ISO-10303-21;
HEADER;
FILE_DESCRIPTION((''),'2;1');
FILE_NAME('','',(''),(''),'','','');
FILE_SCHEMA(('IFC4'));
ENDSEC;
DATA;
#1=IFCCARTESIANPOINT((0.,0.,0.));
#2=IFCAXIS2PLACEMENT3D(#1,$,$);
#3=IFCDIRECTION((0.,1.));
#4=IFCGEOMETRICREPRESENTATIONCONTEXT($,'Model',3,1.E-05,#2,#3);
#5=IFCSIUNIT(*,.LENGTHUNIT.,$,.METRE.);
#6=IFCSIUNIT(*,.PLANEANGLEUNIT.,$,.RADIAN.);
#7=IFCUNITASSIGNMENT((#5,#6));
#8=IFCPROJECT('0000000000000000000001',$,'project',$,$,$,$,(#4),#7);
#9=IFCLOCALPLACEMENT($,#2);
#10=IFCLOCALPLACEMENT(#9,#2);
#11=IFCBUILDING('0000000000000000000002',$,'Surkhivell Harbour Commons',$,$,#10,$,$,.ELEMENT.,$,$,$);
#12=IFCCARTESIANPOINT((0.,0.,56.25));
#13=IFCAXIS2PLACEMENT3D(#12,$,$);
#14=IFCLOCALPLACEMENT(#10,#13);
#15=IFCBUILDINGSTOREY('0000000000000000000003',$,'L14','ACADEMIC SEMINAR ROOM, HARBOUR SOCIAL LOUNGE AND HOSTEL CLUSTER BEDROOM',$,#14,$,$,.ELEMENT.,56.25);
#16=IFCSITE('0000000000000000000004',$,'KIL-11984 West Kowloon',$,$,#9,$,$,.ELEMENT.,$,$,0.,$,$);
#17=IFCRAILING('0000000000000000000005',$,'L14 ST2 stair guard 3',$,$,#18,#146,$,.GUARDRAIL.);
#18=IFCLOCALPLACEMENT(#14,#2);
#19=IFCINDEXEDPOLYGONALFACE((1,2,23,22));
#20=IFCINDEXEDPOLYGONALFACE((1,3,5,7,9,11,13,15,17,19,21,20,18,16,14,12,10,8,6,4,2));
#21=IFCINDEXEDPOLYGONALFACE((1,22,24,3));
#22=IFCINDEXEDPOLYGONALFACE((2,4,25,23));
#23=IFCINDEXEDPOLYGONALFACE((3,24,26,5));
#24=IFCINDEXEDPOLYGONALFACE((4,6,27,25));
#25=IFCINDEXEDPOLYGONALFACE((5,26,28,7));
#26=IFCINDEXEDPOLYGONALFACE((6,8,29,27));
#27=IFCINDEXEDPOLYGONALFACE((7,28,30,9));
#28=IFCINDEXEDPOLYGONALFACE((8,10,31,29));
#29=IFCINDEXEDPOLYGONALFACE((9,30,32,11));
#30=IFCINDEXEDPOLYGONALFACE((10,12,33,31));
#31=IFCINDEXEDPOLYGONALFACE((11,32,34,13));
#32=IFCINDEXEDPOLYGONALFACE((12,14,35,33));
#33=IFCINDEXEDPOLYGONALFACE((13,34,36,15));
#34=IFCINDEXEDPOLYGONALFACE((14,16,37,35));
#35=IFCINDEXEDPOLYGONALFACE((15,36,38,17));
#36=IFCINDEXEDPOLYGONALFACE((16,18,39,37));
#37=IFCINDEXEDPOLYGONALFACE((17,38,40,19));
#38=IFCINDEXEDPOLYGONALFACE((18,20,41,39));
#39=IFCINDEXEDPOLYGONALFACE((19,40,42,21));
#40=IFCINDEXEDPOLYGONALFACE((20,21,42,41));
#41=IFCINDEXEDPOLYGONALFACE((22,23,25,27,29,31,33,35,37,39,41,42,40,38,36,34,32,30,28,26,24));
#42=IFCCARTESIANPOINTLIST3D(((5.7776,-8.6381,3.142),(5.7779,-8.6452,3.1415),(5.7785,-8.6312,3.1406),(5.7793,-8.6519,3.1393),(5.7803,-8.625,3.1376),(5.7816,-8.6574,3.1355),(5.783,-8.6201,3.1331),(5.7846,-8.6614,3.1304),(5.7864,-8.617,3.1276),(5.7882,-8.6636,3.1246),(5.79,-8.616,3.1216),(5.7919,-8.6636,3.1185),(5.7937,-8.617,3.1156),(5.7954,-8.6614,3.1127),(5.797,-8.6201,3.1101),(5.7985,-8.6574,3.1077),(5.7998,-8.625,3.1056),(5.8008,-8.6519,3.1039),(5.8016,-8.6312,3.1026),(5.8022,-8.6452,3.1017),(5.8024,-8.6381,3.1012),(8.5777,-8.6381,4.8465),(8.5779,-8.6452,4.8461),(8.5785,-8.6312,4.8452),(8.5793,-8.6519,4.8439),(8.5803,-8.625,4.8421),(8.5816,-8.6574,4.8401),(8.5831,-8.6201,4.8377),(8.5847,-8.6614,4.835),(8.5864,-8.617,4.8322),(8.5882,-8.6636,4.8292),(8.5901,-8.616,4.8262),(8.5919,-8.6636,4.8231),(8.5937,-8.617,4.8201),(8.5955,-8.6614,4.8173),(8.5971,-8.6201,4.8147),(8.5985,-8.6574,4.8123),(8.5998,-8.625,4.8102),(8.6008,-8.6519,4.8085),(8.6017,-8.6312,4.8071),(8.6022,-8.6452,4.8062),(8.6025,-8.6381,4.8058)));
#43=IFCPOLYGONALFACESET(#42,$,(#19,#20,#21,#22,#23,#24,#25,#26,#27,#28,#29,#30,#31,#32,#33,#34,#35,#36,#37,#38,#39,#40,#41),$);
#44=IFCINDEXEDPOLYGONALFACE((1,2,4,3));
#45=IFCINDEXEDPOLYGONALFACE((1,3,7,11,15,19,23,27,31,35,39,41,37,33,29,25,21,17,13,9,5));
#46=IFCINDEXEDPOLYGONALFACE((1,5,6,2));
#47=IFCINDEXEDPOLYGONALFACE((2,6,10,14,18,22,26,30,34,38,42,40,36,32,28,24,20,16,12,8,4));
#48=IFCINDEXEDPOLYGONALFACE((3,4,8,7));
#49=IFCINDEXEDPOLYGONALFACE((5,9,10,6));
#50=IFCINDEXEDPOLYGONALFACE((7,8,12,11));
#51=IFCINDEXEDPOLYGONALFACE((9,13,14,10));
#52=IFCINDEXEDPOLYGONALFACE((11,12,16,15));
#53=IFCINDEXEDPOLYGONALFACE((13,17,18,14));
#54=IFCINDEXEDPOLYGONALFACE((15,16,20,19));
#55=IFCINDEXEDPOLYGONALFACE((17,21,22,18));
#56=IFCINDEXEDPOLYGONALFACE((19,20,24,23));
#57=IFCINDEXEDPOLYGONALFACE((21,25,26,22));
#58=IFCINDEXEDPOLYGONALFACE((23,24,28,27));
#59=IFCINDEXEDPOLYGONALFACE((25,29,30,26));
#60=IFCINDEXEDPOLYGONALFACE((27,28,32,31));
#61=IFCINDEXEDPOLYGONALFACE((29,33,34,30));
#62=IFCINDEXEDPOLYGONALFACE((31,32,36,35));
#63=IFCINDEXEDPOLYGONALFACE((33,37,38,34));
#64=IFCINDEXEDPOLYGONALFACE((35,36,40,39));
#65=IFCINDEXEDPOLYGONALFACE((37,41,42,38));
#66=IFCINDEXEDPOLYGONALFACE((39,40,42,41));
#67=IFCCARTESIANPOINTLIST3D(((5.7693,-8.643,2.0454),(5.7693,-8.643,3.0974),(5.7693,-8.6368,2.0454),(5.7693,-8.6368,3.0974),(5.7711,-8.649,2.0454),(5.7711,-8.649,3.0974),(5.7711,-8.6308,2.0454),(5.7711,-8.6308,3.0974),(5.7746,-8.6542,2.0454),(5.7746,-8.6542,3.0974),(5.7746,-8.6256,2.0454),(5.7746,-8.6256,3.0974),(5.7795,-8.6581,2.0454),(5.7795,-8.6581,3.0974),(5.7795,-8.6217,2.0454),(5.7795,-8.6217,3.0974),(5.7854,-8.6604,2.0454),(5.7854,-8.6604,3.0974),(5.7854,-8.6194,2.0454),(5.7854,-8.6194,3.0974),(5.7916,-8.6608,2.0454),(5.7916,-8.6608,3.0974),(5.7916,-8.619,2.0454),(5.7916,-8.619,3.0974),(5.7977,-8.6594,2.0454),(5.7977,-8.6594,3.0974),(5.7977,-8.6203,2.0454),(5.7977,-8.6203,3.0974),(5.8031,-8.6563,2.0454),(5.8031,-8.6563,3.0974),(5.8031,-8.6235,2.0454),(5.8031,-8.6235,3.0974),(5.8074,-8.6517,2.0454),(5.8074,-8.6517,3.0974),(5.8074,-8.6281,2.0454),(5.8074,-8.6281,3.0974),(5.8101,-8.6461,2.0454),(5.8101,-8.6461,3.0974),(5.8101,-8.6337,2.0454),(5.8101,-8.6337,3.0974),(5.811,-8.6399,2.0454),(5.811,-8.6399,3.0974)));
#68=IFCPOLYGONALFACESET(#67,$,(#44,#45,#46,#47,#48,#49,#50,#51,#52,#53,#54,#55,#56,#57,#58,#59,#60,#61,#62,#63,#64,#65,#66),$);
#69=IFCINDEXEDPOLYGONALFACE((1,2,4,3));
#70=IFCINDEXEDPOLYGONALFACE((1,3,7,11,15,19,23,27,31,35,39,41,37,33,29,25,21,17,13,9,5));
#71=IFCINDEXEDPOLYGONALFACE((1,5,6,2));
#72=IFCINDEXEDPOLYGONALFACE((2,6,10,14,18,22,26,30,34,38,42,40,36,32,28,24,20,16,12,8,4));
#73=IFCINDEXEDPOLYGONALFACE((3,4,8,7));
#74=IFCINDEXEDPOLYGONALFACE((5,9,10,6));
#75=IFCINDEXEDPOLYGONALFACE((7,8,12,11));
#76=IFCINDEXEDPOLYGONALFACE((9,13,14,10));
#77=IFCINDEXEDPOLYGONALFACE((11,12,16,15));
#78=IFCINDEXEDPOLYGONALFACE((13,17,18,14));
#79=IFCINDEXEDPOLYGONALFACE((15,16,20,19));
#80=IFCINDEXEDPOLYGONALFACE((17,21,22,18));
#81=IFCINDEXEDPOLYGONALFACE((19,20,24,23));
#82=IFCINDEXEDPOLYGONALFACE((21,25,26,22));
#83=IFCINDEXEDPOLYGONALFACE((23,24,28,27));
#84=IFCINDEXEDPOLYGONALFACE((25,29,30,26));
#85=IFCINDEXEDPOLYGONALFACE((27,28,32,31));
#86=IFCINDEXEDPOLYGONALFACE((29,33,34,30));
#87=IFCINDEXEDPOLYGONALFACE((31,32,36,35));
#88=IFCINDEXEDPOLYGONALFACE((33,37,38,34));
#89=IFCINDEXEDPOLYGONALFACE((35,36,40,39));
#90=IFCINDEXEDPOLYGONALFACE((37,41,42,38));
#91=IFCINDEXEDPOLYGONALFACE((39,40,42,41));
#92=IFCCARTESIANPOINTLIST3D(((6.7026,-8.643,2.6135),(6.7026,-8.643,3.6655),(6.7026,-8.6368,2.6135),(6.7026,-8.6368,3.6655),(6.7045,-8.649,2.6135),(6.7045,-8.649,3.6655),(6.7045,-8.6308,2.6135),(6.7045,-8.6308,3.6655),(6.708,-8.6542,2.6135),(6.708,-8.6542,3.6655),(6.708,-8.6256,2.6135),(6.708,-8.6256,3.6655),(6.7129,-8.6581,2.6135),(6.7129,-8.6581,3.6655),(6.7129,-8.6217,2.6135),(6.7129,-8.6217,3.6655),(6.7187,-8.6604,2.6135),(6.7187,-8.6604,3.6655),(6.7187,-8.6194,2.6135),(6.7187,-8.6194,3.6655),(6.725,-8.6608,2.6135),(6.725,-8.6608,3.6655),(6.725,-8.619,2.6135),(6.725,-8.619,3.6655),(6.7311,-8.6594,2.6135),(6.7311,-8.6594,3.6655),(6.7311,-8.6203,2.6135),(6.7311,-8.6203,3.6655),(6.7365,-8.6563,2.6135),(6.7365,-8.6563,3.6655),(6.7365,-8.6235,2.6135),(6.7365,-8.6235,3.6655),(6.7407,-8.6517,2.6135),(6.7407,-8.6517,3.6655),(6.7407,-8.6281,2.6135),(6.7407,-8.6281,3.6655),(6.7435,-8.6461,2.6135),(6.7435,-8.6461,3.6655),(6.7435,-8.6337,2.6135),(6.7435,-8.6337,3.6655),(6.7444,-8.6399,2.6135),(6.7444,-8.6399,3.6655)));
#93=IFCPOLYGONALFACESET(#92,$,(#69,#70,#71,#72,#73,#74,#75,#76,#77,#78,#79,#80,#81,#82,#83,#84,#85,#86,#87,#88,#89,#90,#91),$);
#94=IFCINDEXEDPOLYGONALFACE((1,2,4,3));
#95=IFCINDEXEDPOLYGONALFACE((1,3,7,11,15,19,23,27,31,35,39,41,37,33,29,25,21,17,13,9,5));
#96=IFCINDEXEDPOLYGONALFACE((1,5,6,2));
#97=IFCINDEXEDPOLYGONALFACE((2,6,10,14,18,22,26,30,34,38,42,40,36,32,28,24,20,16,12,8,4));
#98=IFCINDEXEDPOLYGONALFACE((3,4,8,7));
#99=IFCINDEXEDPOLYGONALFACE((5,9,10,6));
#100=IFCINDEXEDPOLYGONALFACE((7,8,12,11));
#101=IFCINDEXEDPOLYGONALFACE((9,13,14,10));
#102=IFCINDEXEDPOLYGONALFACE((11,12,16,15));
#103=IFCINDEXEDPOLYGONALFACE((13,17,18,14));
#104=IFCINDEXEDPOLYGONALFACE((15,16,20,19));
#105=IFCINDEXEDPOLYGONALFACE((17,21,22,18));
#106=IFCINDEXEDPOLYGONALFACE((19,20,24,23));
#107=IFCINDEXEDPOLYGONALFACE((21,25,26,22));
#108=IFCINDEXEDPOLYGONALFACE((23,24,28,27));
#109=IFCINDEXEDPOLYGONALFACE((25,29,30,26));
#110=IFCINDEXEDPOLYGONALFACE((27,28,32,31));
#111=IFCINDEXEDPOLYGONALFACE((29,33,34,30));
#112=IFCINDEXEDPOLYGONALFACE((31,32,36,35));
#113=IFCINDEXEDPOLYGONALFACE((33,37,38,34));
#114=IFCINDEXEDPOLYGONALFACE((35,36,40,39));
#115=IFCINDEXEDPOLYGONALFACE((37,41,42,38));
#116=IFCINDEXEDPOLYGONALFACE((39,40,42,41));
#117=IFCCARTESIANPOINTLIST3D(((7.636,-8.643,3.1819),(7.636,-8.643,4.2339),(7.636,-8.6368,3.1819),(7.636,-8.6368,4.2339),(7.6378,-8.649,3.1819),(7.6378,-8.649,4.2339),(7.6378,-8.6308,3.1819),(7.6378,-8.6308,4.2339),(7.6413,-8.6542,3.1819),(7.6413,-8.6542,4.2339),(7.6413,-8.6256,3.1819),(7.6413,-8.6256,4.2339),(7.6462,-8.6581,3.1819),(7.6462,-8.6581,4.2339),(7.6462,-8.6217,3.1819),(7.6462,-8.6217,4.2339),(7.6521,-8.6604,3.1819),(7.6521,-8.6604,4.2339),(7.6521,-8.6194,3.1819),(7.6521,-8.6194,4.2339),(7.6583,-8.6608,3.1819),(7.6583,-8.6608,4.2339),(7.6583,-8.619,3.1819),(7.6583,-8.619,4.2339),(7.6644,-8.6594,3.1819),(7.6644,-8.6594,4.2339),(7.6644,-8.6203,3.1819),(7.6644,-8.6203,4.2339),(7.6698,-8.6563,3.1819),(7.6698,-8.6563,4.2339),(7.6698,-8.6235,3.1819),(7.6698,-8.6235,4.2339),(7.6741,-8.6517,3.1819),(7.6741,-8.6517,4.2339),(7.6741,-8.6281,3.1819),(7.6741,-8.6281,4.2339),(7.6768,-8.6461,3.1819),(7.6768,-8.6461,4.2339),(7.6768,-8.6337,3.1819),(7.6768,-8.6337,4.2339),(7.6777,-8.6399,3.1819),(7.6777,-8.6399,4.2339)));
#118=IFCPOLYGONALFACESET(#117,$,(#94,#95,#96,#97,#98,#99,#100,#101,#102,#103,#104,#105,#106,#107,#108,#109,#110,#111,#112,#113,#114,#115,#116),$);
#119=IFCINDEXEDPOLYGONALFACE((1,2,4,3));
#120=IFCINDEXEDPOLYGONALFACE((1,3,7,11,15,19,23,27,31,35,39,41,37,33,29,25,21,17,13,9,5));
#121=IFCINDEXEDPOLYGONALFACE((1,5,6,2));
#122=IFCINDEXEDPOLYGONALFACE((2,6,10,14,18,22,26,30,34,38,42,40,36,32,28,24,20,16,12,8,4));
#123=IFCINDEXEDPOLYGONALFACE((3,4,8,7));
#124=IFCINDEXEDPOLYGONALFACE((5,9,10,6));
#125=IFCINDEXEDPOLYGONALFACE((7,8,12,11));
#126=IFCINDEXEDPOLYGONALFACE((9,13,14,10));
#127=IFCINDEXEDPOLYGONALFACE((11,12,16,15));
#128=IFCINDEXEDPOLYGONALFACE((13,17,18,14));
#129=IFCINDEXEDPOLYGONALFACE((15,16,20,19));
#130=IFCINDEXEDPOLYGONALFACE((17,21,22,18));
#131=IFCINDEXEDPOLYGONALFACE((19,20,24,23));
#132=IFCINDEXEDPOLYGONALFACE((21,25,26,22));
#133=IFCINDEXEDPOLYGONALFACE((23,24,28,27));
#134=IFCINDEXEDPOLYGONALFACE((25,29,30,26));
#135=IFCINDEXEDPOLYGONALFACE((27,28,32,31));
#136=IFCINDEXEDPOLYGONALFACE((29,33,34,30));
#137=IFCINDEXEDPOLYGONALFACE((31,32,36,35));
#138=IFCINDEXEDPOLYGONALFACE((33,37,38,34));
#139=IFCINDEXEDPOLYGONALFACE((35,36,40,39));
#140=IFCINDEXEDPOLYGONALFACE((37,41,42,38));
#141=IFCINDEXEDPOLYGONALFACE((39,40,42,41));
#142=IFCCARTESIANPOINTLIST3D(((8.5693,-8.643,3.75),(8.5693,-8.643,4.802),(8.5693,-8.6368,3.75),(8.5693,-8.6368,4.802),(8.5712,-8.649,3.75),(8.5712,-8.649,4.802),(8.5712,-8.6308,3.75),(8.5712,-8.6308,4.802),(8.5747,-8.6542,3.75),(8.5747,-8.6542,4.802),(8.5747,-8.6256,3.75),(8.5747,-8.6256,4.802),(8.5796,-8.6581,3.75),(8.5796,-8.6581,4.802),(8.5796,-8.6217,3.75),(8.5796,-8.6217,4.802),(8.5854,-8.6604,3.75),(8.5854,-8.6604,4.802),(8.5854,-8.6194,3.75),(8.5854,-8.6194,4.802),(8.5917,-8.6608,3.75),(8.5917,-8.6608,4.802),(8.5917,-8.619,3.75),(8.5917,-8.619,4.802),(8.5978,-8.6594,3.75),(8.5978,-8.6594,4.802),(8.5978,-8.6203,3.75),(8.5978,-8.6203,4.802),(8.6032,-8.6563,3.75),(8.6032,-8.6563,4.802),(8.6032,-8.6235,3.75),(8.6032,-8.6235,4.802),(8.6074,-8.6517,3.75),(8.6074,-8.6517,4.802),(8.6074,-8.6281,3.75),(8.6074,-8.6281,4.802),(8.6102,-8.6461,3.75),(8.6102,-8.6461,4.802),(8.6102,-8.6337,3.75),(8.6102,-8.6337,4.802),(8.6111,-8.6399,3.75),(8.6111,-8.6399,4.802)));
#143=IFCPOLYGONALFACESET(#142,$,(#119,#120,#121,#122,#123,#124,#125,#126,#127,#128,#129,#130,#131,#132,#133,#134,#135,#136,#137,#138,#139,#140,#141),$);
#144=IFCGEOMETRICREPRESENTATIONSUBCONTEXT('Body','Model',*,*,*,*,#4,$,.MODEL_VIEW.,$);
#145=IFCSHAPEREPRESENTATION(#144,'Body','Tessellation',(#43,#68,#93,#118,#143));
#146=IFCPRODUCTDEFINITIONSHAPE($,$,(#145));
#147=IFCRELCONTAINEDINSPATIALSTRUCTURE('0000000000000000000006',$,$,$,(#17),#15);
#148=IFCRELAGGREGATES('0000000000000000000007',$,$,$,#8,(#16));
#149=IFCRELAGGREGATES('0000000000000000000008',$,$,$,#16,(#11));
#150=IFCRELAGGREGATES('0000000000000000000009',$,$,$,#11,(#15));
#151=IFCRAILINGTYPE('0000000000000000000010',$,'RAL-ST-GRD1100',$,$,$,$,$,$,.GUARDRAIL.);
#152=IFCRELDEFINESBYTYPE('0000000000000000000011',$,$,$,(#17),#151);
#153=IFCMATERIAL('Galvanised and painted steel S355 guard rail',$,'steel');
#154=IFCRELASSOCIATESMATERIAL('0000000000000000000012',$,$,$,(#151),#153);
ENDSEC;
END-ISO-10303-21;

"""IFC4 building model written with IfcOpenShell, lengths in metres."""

from ifc_helpers import new_model, si_unit, direction, frame, origin, origin_2d, place, context, subcontext, project, spatial, circle, extrude, material, type_object, element, save


model = new_model("IFC4")

# Units and contexts
model_context = context("Model", 3, precision=1e-05, world=origin(), true_north=direction((0.0, 1.0)))
body_context = subcontext(model_context, "Body", "Model", "MODEL_VIEW")
ifc_project = project(units=[si_unit("LENGTHUNIT", "METRE"), si_unit("PLANEANGLEUNIT", "RADIAN")], contexts=[model_context])

# Site, building, storey
site_placement = place(None, origin())
site = spatial("IfcSite", under=ifc_project, at=site_placement, Name="KIL-11984 West Kowloon", CompositionType="ELEMENT", RefElevation=0.0)
building_placement = place(site_placement, origin())
building = spatial("IfcBuilding", under=site, at=building_placement, Name="Surkhivell Harbour Commons", CompositionType="ELEMENT")
storey_placement = place(building_placement, frame((0.0, 0.0, 56.25)))
storey = spatial("IfcBuildingStorey", under=building, at=storey_placement, Name="L14", Description="ACADEMIC SEMINAR ROOM, HARBOUR SOCIAL LOUNGE AND HOSTEL CLUSTER BEDROOM", CompositionType="ELEMENT", Elevation=56.25)

# Railing
ifc_material_1 = material(Name="Galvanised and painted steel S355 guard rail", Category="steel")
railing_type_1 = type_object("IfcRailingType", Name="RAL-ST-GRD1100", PredefinedType="GUARDRAIL", material=ifc_material_1)
railing_1_placement = place(storey_placement, frame((5.79, -8.6399, 2.0454)))
element("IfcRailing", 1, at=railing_1_placement, inside=storey, type_object=railing_type_1, Name="L14 ST2 stair guard 3", PredefinedType="GUARDRAIL", context=body_context, shape_type="SweptSolid", body=[
    extrude(circle(Radius=0.0239, at=origin_2d()), frame((0.0, 0.0, 1.0762), z_axis=(0.85417, 0.0, 0.519994), x_axis=(0.0, 1.0, 0.0)), (0.0, 0.0, 1.0), 3.2781),
    extrude(circle(Radius=0.021, at=origin_2d()), origin(), (0.0, 0.0, 1.0), 1.052),
    extrude(circle(Radius=0.021, at=origin_2d()), frame((0.9333, 0.0, 0.5681)), (0.0, 0.0, 1.0), 1.052),
    extrude(circle(Radius=0.021, at=origin_2d()), frame((1.8667, 0.0, 1.1365)), (0.0, 0.0, 1.0), 1.052),
    extrude(circle(Radius=0.021, at=origin_2d()), frame((2.8, 0.0, 1.7046)), (0.0, 0.0, 1.0), 1.052),
])

save(model, "model.ifc")
